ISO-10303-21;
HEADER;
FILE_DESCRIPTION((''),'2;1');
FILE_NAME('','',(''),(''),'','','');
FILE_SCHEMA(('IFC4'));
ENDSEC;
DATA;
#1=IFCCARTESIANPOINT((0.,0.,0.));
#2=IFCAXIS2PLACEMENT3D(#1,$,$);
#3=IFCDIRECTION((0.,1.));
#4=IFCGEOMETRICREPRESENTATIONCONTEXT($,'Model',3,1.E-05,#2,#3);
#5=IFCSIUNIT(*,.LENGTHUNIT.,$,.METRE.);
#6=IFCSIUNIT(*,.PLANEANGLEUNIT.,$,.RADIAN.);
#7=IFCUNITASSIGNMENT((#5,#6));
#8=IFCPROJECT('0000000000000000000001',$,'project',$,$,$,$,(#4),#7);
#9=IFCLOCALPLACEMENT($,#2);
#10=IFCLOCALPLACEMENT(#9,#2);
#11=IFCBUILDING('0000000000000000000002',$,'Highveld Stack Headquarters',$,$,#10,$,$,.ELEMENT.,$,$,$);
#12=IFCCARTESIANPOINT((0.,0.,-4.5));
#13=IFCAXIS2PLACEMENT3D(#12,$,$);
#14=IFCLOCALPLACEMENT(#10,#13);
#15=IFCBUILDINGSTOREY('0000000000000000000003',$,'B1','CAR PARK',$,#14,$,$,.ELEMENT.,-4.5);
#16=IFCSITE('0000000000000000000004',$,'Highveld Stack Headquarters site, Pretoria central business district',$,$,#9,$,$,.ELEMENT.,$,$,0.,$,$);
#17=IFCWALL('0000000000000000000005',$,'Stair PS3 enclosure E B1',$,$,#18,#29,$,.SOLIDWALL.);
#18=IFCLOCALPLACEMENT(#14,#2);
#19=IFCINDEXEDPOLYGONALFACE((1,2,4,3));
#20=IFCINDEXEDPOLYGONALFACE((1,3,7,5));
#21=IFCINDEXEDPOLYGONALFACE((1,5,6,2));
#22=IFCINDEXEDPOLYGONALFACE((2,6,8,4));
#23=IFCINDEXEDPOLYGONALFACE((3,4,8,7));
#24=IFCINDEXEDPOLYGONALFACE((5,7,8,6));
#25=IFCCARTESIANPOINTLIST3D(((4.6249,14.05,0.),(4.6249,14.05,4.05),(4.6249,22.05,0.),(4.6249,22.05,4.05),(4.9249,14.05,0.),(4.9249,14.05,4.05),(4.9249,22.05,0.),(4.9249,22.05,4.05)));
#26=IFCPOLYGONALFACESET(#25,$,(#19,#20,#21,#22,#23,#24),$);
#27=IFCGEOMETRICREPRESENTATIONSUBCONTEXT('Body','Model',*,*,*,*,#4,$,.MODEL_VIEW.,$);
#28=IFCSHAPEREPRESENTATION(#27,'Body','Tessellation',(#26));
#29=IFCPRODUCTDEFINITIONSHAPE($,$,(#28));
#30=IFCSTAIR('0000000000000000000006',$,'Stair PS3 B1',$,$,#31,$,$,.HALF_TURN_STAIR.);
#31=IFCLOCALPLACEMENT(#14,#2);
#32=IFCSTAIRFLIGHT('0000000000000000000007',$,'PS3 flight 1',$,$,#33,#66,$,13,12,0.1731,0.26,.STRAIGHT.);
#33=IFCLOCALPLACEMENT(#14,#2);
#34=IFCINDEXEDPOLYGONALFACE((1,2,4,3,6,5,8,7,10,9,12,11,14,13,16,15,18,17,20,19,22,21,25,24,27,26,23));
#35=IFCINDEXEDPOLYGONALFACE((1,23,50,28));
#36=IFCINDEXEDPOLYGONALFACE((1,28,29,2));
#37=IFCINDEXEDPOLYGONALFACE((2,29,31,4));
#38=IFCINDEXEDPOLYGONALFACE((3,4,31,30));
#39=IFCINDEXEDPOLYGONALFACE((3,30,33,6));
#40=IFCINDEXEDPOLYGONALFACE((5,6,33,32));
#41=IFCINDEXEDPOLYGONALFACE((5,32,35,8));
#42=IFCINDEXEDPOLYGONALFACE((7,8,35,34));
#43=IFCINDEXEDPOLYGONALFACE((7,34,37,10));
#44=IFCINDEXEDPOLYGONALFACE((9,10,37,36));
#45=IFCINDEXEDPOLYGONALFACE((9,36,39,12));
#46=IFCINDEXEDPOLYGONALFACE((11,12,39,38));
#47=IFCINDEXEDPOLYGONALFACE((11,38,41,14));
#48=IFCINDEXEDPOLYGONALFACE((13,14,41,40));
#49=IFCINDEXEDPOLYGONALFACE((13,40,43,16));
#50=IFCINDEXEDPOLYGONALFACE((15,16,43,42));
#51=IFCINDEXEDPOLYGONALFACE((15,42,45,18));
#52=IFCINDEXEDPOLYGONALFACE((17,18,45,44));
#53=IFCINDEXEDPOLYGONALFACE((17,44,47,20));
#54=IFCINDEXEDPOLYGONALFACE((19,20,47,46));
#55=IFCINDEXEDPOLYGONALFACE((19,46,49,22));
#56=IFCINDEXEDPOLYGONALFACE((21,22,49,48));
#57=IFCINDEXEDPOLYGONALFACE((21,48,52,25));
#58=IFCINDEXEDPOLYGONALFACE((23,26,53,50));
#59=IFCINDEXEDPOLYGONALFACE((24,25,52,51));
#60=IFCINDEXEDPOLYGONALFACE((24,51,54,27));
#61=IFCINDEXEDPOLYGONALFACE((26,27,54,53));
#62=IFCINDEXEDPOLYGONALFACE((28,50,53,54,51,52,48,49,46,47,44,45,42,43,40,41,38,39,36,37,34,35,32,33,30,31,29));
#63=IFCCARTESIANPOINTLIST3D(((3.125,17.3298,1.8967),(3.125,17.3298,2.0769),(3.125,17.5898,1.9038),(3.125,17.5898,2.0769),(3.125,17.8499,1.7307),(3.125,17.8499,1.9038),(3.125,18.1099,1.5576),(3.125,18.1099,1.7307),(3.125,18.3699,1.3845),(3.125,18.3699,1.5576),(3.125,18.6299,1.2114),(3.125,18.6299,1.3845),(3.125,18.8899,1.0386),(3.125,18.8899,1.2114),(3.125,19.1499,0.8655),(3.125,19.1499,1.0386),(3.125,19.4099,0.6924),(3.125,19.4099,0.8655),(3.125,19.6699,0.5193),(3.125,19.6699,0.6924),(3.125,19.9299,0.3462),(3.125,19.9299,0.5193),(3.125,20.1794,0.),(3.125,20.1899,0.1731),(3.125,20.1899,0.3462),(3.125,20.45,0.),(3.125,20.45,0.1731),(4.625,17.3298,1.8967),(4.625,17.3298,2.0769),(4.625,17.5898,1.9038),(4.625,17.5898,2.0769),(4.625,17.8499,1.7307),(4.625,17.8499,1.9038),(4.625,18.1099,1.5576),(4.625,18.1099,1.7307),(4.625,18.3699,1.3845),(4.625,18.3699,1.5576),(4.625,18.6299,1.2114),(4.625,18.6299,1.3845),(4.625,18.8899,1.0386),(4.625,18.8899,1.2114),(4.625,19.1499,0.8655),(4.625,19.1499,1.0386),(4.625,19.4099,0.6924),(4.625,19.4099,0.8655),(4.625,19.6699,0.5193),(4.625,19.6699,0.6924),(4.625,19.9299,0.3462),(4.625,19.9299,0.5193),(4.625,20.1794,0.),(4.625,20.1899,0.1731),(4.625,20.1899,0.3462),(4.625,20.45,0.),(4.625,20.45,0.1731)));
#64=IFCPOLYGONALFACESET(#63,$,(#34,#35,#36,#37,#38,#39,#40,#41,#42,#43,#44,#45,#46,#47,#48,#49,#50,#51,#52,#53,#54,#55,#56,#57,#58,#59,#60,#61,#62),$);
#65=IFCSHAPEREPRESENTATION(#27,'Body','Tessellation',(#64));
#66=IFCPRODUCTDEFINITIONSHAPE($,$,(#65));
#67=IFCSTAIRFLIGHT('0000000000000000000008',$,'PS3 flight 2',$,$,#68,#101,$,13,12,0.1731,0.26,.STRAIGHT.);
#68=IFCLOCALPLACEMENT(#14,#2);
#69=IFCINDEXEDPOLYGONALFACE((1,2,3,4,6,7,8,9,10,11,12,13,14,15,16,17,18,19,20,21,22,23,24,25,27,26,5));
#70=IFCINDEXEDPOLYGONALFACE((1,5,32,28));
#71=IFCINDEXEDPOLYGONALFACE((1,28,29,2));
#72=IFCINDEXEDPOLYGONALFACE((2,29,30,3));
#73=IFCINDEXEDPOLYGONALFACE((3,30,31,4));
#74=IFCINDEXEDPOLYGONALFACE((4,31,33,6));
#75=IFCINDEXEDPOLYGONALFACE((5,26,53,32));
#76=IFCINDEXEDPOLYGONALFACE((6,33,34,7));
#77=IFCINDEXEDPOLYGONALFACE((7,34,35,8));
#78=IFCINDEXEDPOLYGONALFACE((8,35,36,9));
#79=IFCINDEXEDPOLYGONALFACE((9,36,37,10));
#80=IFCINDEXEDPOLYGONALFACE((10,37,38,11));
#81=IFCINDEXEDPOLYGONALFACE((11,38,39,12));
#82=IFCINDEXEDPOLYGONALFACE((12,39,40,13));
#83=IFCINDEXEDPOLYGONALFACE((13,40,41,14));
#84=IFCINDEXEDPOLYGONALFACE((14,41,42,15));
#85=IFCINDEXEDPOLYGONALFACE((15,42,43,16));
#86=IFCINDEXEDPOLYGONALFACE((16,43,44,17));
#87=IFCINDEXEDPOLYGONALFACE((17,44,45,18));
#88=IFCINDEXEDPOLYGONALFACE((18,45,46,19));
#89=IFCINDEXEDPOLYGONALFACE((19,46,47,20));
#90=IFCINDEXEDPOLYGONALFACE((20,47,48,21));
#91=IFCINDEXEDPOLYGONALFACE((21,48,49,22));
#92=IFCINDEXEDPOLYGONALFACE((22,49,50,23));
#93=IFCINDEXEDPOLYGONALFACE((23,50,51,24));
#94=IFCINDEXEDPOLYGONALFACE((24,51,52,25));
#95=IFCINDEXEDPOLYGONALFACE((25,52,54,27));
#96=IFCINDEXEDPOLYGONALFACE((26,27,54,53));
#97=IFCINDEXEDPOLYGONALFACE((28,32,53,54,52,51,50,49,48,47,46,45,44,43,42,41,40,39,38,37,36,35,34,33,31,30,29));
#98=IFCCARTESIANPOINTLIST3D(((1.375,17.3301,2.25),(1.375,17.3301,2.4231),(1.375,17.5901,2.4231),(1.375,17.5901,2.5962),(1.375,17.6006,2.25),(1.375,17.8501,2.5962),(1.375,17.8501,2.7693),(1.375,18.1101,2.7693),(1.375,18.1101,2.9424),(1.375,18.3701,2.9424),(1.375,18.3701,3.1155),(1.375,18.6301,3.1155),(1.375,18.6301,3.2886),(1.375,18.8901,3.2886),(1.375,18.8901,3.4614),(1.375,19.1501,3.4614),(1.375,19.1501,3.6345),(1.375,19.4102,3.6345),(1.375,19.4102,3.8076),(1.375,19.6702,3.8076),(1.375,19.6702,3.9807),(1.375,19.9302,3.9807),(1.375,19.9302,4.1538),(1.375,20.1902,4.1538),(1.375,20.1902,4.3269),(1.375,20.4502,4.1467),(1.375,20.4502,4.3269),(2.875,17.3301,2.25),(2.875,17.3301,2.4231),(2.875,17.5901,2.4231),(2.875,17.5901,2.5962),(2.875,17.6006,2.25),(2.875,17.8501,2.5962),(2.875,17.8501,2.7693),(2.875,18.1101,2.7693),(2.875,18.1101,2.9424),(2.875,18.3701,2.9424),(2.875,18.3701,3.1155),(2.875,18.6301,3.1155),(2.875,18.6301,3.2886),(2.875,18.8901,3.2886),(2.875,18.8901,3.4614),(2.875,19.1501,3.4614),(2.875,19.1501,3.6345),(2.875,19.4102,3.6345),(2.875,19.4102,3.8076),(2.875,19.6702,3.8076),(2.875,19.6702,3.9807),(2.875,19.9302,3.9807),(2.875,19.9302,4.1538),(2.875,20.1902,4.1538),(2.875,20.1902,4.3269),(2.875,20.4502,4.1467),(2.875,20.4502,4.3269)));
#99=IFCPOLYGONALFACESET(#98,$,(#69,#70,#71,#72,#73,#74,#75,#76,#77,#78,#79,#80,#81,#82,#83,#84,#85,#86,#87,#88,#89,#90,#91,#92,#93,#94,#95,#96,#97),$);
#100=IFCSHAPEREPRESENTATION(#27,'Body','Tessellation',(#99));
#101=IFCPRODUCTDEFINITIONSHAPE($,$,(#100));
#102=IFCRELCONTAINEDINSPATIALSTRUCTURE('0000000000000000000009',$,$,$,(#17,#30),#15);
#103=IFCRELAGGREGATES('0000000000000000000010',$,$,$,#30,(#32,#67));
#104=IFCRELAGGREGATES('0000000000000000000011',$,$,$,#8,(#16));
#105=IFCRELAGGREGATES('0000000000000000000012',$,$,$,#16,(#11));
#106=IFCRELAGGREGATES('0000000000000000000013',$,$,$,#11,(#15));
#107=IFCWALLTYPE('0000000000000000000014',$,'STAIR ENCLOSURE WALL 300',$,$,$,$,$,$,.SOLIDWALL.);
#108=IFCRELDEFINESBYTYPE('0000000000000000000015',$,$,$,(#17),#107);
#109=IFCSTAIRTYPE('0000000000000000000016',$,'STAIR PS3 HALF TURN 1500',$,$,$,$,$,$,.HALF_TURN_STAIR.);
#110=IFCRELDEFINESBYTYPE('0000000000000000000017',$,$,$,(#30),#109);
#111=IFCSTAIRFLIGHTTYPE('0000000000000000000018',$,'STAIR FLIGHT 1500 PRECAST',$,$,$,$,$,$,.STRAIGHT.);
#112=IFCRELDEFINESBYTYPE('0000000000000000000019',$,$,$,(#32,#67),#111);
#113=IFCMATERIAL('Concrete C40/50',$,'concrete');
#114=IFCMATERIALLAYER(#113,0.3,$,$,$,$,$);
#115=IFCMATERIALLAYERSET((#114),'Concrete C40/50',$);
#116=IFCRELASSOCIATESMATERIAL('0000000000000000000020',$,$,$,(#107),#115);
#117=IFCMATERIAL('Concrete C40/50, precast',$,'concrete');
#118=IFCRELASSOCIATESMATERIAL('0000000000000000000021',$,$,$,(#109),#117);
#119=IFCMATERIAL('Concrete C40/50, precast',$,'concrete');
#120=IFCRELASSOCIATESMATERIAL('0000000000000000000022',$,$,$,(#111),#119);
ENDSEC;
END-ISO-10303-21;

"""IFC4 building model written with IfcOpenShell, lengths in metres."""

from ifc_helpers import new_model, si_unit, direction, frame, frame_2d, origin, place, context, subcontext, project, spatial, polyline, rectangle, outline, extrude, material, layer, layer_set, type_object, element, aggregate, save


model = new_model("IFC4")

# Units and contexts
model_context = context("Model", 3, precision=1e-05, world=origin(), true_north=direction((0.0, 1.0)))
body_context = subcontext(model_context, "Body", "Model", "MODEL_VIEW")
ifc_project = project(units=[si_unit("LENGTHUNIT", "METRE"), si_unit("PLANEANGLEUNIT", "RADIAN")], contexts=[model_context])

# Site, building, storey
site_placement = place(None, origin())
site = spatial("IfcSite", under=ifc_project, at=site_placement, Name="Highveld Stack Headquarters site, Pretoria central business district", CompositionType="ELEMENT", RefElevation=0.0)
building_placement = place(site_placement, origin())
building = spatial("IfcBuilding", under=site, at=building_placement, Name="Highveld Stack Headquarters", CompositionType="ELEMENT")
storey_placement = place(building_placement, frame((0.0, 0.0, -4.5)))
storey = spatial("IfcBuildingStorey", under=building, at=storey_placement, Name="B1", Description="CAR PARK", CompositionType="ELEMENT", Elevation=-4.5)

# Shared definitions
ifc_material_1 = material(Name="Concrete C40/50", Category="concrete")
ifc_layer_1 = layer(ifc_material_1, 0.3)
ifc_layer_set_1 = layer_set([ifc_layer_1], Name="Concrete C40/50")
wall_type_1 = type_object("IfcWallType", Name="STAIR ENCLOSURE WALL 300", PredefinedType="SOLIDWALL", material=ifc_layer_set_1)

# Wall
for number, where, z_axis, x_axis, name in (
    (1, (4.7749, 14.05, 0.0), (0.0, 0.0, 1.0), (0.0, 1.0, 0.0), "Stair PS3 enclosure E B1"),
):
    element("IfcWall", number, at=place(storey_placement, frame(where, z_axis=z_axis, x_axis=x_axis)), inside=storey, type_object=wall_type_1, Name=name, PredefinedType="SOLIDWALL", context=body_context, shape_type="SweptSolid", body=[
        extrude(rectangle(XDim=8.0, YDim=0.3, at=frame_2d((4.0, 0.0))), origin(), (0.0, 0.0, 1.0), 4.05),
    ])

# Stair, stair flights
ifc_material_2 = material(Name="Concrete C40/50, precast", Category="concrete")
stair_type = type_object("IfcStairType", Name="STAIR PS3 HALF TURN 1500", PredefinedType="HALF_TURN_STAIR", material=ifc_material_2)
stair_placement = place(storey_placement, origin())
stair = element("IfcStair", 2, at=stair_placement, inside=storey, type_object=stair_type, Name="Stair PS3 B1", PredefinedType="HALF_TURN_STAIR")
ifc_material_3 = material(Name="Concrete C40/50, precast", Category="concrete")
stair_flight_type = type_object("IfcStairFlightType", Name="STAIR FLIGHT 1500 PRECAST", PredefinedType="STRAIGHT", material=ifc_material_3)
stair_flight_1_placement = place(storey_placement, frame((3.875, 20.45, 0.0), z_axis=(0.0, 0.0, 1.0), x_axis=(0.0, -1.0, 0.0)))
stair_flight_1 = element("IfcStairFlight", 3, at=stair_flight_1_placement, type_object=stair_flight_type, Name="PS3 flight 1", NumberOfRisers=13, NumberOfTreads=12, PredefinedType="STRAIGHT", RiserHeight=0.1731, TreadLength=0.26, context=body_context, shape_type="SweptSolid", body=[
    extrude(outline(polyline([(0.0, 0.0), (0.0, 0.1731), (0.26, 0.1731), (0.26, 0.3462), (0.52, 0.3462), (0.52, 0.5193), (0.78, 0.5193), (0.78, 0.6924), (1.04, 0.6924), (1.04, 0.8655), (1.3, 0.8655), (1.3, 1.0386), (1.5601, 1.0386), (1.5601, 1.2114), (1.8201, 1.2114), (1.8201, 1.3845), (2.0801, 1.3845), (2.0801, 1.5576), (2.3401, 1.5576), (2.3401, 1.7307), (2.6001, 1.7307), (2.6001, 1.9038), (2.8601, 1.9038), (2.8601, 2.0769), (3.1201, 2.0769), (3.1201, 2.25), (3.1201, 1.8967), (0.2705, 0.0), (0.0, 0.0)])), frame((0.0, 0.75, 0.0), z_axis=(0.0, -1.0, 0.0), x_axis=(1.0, 0.0, 0.0)), (0.0, 0.0, 1.0), 1.5),
])
stair_flight_2_placement = place(storey_placement, frame((2.125, 17.3301, 2.25), z_axis=(0.0, 0.0, 1.0), x_axis=(0.0, 1.0, 0.0)))
stair_flight_2 = element("IfcStairFlight", 4, at=stair_flight_2_placement, type_object=stair_flight_type, Name="PS3 flight 2", NumberOfRisers=13, NumberOfTreads=12, PredefinedType="STRAIGHT", RiserHeight=0.1731, TreadLength=0.26, context=body_context, shape_type="SweptSolid", body=[
    extrude(outline(polyline([(0.0, 0.0), (0.0, 0.1731), (0.26, 0.1731), (0.26, 0.3462), (0.52, 0.3462), (0.52, 0.5193), (0.78, 0.5193), (0.78, 0.6924), (1.04, 0.6924), (1.04, 0.8655), (1.3, 0.8655), (1.3, 1.0386), (1.5601, 1.0386), (1.5601, 1.2114), (1.8201, 1.2114), (1.8201, 1.3845), (2.0801, 1.3845), (2.0801, 1.5576), (2.3401, 1.5576), (2.3401, 1.7307), (2.6001, 1.7307), (2.6001, 1.9038), (2.8601, 1.9038), (2.8601, 2.0769), (3.1201, 2.0769), (3.1201, 2.25), (3.1201, 1.8967), (0.2705, 0.0), (0.0, 0.0)])), frame((0.0, 0.75, 0.0), z_axis=(0.0, -1.0, 0.0), x_axis=(1.0, 0.0, 0.0)), (0.0, 0.0, 1.0), 1.5),
])
aggregate(stair, [stair_flight_1, stair_flight_2])

save(model, "model.ifc")
